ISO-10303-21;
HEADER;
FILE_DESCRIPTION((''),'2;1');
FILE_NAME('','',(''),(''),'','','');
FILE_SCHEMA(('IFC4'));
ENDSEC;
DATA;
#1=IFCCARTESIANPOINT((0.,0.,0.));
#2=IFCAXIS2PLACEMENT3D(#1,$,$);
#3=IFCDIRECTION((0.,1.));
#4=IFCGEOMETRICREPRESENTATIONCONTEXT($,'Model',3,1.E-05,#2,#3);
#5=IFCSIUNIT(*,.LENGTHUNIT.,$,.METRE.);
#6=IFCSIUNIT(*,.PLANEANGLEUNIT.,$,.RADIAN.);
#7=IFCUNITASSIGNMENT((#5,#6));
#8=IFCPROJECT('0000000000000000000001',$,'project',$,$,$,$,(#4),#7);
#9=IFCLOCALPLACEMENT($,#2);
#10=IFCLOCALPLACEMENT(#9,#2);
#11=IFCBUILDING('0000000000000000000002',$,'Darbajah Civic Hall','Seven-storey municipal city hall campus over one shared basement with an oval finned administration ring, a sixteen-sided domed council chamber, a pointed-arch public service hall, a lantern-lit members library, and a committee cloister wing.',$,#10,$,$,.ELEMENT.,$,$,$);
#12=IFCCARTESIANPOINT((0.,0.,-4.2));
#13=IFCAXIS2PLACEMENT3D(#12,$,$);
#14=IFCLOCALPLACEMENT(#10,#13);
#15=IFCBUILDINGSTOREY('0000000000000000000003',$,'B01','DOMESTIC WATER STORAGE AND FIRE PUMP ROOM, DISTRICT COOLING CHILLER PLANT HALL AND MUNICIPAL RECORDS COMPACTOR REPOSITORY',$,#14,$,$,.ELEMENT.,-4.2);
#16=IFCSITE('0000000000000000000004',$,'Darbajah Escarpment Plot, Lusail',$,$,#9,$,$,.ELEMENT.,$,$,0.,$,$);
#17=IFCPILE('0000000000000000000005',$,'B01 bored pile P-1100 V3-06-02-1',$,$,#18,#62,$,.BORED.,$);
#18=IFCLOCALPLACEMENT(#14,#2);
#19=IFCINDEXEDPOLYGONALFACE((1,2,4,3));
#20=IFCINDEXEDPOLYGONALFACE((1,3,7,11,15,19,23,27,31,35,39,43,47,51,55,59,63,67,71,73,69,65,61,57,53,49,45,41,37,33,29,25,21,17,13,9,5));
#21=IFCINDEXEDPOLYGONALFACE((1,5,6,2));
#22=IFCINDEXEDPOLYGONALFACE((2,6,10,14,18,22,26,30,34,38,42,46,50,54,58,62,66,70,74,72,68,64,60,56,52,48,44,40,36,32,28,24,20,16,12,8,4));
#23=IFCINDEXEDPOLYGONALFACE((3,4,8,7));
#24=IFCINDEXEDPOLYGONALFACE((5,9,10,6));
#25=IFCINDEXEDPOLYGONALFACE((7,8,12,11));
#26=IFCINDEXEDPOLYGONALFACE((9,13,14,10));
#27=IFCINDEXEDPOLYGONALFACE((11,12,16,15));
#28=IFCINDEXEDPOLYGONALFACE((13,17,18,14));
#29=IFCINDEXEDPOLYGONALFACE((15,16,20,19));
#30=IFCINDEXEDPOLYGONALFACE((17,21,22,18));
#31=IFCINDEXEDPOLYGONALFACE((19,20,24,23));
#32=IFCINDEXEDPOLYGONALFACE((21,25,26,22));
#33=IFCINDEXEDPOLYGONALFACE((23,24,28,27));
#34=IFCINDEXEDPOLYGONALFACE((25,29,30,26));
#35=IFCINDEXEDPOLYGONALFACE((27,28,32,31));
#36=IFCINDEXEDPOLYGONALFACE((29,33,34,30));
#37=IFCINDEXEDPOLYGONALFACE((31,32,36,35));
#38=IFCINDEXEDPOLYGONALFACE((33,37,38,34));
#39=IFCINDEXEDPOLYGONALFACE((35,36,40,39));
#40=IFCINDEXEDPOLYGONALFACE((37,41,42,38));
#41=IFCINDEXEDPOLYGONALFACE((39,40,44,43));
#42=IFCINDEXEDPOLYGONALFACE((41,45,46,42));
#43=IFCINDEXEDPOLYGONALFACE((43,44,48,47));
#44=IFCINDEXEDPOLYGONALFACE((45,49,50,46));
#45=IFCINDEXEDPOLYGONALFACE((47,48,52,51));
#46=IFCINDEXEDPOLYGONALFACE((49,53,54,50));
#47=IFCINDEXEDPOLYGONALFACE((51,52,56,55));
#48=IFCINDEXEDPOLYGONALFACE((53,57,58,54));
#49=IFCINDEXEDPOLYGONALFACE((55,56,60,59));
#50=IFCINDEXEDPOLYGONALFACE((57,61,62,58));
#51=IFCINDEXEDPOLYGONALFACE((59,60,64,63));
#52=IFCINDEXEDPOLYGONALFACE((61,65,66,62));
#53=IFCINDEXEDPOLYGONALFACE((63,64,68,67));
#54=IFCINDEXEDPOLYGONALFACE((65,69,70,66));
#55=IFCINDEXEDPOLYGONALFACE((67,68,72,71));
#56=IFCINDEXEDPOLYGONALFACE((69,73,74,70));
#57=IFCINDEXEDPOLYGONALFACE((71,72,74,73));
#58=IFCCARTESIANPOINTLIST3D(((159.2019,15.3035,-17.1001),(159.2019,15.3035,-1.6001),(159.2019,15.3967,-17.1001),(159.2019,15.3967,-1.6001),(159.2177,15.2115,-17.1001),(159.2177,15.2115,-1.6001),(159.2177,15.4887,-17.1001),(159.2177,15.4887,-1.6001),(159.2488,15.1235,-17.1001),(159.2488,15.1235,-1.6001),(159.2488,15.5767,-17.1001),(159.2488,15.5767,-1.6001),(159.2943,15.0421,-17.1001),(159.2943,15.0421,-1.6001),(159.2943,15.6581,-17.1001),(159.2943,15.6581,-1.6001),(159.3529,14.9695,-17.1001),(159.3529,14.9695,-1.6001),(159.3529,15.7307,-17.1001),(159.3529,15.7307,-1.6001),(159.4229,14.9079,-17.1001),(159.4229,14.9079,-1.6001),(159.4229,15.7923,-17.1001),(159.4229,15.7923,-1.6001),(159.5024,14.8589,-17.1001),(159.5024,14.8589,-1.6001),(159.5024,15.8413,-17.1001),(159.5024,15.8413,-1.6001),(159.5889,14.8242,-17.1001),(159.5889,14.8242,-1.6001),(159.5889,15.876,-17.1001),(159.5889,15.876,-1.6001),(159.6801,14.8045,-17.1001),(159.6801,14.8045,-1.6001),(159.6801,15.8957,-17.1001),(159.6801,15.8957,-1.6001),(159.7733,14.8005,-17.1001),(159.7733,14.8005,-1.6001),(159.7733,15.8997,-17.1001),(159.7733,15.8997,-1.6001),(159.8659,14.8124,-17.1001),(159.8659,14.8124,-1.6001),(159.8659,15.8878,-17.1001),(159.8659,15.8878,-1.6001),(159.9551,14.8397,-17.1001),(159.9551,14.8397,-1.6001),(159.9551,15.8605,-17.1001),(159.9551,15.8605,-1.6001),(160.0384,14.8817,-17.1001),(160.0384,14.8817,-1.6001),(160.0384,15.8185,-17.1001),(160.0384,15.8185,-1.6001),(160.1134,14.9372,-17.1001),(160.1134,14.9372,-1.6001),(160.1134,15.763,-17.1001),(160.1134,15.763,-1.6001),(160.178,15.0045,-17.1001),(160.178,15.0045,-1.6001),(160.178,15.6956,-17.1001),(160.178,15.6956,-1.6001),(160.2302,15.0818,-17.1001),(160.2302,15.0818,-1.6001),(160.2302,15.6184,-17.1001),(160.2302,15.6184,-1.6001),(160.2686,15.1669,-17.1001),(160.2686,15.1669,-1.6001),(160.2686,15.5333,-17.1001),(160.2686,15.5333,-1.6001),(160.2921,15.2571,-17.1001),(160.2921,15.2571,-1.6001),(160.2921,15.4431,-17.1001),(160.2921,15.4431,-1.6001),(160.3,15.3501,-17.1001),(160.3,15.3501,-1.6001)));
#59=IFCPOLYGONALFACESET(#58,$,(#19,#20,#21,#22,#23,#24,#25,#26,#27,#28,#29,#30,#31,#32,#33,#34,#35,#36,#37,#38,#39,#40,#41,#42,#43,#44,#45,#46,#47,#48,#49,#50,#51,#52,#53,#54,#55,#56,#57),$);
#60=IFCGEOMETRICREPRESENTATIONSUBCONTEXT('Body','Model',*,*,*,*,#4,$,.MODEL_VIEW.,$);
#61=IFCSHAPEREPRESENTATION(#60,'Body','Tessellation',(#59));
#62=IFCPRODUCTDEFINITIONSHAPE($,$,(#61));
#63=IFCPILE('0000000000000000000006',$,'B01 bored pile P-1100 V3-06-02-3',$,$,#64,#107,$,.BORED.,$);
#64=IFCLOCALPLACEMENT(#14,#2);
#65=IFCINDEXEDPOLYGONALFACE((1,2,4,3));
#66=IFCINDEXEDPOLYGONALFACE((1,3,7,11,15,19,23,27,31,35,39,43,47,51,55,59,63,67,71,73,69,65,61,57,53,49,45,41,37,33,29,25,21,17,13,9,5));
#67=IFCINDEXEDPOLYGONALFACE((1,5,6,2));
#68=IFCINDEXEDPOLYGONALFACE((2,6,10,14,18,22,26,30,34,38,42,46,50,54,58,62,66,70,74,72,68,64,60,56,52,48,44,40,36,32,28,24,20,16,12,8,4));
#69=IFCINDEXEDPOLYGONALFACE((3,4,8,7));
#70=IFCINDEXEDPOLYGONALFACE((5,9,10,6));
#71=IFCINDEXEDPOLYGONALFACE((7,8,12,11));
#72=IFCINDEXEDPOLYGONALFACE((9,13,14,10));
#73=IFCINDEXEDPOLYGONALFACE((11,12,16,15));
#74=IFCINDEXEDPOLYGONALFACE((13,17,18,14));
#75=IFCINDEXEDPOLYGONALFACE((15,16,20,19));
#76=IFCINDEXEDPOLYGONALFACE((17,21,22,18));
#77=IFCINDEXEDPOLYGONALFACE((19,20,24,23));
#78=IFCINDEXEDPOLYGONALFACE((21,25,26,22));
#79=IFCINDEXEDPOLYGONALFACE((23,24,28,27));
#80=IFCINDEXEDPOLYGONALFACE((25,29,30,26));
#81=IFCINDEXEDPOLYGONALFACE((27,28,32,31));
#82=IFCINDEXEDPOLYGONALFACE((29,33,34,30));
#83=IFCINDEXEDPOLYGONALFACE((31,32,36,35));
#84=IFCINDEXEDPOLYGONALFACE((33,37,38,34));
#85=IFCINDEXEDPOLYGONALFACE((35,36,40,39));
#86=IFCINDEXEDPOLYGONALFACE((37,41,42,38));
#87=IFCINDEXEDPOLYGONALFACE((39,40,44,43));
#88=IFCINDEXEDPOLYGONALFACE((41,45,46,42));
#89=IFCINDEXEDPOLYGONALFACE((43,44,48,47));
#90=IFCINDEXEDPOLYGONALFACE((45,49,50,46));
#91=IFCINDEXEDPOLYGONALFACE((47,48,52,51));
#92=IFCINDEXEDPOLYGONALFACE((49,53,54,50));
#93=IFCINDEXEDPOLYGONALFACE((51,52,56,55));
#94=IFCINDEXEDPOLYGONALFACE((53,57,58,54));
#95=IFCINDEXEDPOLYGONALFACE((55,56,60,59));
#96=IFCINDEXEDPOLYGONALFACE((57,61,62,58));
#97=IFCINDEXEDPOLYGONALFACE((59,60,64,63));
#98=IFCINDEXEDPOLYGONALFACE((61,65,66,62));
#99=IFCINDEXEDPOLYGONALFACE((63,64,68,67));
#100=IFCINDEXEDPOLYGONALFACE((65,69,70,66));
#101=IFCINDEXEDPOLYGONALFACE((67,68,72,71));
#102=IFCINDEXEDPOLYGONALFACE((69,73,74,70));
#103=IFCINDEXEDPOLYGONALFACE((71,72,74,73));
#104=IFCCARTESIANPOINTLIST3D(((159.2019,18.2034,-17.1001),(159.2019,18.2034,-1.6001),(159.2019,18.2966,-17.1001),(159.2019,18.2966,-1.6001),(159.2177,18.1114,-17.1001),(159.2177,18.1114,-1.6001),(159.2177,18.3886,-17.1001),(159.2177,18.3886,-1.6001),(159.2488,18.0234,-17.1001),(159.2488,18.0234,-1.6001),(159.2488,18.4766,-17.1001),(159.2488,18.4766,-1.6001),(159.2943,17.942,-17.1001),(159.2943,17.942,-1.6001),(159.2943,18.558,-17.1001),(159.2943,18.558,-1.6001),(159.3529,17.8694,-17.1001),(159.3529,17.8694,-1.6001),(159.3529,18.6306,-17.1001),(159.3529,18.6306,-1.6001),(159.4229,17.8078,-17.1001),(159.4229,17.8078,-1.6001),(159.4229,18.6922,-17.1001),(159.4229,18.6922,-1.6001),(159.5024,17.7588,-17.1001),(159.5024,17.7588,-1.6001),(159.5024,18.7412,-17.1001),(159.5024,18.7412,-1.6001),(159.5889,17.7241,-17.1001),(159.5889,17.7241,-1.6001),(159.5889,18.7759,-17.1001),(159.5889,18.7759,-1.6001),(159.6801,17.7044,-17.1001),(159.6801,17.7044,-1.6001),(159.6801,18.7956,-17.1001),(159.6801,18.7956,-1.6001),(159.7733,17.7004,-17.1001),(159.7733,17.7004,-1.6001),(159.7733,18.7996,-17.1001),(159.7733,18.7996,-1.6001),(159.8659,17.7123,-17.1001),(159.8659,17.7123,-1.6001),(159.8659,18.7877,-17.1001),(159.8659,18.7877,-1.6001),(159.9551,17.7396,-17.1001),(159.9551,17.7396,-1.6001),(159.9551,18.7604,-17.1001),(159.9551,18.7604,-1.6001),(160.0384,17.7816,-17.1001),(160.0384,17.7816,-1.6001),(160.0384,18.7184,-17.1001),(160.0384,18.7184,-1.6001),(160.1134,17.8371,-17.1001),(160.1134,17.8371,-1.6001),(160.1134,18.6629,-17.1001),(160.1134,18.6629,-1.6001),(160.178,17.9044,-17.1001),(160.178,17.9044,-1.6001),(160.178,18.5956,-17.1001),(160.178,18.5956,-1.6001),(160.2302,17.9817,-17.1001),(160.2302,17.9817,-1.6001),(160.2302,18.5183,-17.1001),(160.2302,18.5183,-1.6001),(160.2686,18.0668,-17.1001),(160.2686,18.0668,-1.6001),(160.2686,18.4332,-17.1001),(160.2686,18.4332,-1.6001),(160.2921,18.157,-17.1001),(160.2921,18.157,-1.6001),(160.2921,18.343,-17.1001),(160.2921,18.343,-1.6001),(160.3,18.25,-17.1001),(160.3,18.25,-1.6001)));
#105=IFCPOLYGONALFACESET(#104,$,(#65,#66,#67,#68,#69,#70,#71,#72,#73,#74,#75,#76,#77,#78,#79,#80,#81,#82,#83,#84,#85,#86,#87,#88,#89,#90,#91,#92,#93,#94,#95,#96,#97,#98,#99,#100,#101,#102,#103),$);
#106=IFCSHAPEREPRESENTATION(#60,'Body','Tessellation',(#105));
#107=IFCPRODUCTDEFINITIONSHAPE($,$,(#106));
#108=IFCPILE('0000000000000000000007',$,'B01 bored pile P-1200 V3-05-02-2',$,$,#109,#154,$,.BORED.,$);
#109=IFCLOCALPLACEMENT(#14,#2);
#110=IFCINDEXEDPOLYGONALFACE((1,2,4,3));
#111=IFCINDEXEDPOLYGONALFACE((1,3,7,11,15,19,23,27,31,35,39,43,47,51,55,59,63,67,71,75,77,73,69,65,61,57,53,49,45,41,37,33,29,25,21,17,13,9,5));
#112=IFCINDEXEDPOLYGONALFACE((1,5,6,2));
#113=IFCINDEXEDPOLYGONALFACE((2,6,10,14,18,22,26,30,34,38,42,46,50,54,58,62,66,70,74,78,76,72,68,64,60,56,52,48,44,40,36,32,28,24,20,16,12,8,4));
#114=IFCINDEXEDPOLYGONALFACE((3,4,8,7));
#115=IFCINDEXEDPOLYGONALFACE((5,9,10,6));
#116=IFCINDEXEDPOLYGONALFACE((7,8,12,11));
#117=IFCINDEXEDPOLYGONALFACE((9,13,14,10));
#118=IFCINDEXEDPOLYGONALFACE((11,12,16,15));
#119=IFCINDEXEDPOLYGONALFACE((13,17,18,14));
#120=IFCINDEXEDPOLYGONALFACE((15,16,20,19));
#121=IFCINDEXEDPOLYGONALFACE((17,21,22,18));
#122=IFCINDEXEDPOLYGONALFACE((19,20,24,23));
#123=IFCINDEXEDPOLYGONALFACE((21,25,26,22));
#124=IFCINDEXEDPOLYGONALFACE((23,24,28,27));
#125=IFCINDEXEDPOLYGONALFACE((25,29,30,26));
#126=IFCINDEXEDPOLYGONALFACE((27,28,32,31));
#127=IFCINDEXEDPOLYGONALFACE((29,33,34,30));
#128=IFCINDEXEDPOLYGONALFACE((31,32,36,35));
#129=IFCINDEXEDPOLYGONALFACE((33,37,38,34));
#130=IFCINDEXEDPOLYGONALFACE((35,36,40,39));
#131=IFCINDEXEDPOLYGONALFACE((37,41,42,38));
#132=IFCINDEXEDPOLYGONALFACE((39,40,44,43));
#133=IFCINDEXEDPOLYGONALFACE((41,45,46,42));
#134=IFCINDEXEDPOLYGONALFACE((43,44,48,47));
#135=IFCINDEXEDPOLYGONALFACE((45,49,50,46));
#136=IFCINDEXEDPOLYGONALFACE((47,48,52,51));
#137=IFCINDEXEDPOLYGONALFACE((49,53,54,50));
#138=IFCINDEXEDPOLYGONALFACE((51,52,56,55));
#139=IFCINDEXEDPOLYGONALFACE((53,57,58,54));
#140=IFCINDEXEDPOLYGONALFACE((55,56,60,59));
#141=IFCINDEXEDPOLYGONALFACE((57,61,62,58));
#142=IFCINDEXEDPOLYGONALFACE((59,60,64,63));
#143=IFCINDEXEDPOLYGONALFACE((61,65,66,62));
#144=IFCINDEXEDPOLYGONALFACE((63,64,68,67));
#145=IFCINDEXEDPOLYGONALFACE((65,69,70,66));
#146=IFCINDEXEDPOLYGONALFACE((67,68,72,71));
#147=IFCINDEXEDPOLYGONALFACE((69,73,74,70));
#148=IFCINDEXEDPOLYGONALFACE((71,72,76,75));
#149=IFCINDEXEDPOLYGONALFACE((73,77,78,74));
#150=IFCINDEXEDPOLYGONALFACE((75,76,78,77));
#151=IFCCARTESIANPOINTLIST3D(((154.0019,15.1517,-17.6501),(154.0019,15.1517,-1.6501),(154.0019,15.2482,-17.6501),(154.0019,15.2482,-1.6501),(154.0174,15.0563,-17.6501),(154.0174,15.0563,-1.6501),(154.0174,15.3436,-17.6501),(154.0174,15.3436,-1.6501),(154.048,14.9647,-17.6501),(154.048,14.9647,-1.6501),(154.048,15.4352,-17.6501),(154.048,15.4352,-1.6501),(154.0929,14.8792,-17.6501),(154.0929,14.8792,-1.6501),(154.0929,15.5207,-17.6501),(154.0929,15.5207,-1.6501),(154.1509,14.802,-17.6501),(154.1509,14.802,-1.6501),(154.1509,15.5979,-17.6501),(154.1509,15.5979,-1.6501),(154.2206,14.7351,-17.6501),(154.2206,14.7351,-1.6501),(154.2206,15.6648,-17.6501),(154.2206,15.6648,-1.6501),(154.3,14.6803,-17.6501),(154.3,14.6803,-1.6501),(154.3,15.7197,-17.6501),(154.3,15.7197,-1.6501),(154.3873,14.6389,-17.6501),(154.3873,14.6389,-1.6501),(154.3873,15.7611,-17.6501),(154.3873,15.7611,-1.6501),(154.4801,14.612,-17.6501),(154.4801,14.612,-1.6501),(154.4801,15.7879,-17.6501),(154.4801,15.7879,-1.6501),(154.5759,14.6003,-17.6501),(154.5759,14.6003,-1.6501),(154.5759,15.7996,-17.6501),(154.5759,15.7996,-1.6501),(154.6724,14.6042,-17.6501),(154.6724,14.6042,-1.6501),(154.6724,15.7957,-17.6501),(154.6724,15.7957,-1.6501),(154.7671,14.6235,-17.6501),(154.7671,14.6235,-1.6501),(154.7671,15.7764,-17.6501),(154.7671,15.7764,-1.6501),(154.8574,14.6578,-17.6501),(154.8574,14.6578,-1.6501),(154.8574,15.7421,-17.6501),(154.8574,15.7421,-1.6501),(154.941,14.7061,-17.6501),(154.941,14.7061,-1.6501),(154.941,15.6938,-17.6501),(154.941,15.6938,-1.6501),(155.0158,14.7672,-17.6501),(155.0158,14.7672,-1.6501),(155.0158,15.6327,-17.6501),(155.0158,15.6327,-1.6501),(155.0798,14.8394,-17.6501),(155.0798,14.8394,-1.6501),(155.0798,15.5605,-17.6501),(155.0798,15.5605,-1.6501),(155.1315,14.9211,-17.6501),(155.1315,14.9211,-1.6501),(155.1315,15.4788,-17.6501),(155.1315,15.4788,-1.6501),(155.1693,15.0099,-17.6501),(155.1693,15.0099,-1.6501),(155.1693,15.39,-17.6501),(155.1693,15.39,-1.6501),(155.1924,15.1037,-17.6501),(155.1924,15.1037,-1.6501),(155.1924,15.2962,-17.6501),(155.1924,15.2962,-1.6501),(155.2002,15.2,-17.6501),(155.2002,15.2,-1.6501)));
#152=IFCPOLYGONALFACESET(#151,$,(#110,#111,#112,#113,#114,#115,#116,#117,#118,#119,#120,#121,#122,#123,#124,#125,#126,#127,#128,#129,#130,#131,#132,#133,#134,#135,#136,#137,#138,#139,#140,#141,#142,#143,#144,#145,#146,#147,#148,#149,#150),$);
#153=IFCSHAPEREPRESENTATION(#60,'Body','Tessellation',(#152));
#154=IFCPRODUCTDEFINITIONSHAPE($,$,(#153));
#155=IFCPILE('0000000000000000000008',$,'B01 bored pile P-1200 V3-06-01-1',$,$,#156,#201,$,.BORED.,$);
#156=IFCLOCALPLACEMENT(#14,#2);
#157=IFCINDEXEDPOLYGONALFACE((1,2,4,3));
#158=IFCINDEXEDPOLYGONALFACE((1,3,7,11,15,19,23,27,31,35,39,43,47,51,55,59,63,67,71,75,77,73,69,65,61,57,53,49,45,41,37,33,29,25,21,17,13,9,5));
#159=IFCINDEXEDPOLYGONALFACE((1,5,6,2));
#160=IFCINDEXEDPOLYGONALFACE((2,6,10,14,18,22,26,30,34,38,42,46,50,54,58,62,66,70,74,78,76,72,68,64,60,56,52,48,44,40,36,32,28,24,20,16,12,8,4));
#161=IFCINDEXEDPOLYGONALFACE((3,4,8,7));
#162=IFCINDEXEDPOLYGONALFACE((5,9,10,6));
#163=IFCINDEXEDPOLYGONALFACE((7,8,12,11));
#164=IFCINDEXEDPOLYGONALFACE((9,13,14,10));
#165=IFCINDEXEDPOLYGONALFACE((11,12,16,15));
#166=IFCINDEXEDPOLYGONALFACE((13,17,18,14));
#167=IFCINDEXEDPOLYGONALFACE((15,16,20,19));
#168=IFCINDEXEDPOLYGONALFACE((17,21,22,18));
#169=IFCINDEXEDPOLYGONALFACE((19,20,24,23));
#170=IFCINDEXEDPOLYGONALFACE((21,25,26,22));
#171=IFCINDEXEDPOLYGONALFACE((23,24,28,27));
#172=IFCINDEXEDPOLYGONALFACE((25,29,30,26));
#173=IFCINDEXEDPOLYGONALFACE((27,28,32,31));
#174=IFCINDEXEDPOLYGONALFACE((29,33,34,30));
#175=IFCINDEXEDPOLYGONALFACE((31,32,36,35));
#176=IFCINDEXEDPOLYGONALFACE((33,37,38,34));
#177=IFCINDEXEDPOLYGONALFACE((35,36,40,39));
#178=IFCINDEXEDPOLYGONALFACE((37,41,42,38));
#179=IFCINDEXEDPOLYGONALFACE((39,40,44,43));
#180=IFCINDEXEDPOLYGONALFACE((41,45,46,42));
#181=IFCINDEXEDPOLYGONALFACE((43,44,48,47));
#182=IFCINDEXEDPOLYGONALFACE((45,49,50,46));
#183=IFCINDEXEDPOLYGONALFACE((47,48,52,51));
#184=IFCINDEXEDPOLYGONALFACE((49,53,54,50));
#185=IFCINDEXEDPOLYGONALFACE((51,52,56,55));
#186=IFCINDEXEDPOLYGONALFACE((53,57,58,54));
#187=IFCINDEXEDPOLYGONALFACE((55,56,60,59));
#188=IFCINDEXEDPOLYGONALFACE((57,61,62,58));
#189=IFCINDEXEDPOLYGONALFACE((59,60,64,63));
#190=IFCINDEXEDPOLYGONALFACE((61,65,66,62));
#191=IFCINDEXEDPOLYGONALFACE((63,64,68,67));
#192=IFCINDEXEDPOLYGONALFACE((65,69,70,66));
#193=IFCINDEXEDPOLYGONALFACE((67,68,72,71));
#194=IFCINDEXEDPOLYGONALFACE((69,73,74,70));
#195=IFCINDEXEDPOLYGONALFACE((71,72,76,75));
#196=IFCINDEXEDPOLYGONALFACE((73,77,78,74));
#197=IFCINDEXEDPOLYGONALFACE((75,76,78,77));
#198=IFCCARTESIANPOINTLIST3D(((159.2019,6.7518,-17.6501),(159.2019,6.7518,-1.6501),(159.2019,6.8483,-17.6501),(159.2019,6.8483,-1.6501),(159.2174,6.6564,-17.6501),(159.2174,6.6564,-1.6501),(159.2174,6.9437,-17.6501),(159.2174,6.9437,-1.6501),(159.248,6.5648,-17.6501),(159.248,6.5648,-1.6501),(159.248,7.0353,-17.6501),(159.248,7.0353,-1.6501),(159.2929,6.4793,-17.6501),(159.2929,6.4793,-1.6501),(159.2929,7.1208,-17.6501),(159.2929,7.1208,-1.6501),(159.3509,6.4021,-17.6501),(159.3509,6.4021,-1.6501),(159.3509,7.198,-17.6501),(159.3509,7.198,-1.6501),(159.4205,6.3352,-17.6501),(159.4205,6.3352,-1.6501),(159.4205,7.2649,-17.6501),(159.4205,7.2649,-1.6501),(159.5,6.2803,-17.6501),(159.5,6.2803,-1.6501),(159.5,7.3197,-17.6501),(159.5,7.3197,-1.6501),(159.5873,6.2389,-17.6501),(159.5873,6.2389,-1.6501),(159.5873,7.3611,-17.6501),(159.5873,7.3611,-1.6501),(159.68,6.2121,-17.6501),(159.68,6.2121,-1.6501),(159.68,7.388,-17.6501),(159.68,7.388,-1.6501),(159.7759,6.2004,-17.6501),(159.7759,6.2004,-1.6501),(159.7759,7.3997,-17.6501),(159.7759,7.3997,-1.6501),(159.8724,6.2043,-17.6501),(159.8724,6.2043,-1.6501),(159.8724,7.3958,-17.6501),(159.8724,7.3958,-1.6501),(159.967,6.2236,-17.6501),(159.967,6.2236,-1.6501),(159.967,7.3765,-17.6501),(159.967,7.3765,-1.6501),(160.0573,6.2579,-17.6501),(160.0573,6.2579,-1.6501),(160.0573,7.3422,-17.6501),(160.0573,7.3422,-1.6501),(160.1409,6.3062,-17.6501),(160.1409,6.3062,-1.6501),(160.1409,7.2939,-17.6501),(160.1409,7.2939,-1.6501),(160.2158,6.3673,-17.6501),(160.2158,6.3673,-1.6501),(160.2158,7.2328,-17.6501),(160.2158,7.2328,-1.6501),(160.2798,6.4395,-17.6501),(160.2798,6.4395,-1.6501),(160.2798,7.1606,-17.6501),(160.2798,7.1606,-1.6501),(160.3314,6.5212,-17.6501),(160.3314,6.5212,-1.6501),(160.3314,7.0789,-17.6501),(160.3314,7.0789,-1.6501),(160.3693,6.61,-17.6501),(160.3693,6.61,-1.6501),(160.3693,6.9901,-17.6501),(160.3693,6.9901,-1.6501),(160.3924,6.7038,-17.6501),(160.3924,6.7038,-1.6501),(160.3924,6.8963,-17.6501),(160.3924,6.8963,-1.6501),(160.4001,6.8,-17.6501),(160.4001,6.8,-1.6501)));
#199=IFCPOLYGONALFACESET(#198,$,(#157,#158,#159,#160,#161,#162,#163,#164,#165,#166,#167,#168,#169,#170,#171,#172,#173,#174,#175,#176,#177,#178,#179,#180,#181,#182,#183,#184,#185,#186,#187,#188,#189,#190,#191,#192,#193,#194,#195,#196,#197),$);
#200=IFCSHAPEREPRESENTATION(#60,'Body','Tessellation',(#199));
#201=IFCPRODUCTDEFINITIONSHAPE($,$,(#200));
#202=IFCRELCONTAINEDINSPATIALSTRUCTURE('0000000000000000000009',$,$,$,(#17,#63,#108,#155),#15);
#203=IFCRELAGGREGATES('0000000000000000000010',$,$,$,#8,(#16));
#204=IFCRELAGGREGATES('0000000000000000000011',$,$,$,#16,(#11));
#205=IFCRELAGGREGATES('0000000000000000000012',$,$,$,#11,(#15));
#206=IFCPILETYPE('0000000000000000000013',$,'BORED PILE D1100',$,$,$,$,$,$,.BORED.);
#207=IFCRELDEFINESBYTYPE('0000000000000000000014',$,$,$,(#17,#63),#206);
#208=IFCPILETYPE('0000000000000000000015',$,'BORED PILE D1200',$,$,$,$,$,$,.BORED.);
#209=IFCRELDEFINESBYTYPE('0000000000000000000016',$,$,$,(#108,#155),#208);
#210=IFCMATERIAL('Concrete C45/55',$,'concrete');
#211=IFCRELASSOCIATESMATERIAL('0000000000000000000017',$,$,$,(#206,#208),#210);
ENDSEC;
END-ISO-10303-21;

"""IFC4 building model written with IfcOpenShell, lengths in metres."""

from ifc_helpers import new_model, si_unit, direction, frame, origin, origin_2d, place, context, subcontext, project, spatial, circle, extrude, material, material_profile, profile_set, type_object, element, save


model = new_model("IFC4")

# Units and contexts
model_context = context("Model", 3, precision=1e-05, world=origin(), true_north=direction((0.0, 1.0)))
body_context = subcontext(model_context, "Body", "Model", "MODEL_VIEW")
ifc_project = project(units=[si_unit("LENGTHUNIT", "METRE"), si_unit("PLANEANGLEUNIT", "RADIAN")], contexts=[model_context])

# Site, building, storey
site_placement = place(None, origin())
site = spatial("IfcSite", under=ifc_project, at=site_placement, Name="Darbajah Escarpment Plot, Lusail", CompositionType="ELEMENT", RefElevation=0.0)
building_placement = place(site_placement, origin())
building = spatial("IfcBuilding", under=site, at=building_placement, Name="Darbajah Civic Hall", Description="Seven-storey municipal city hall campus over one shared basement with an oval finned administration ring, a sixteen-sided domed council chamber, a pointed-arch public service hall, a lantern-lit members library, and a committee cloister wing.", CompositionType="ELEMENT")
storey_placement = place(building_placement, frame((0.0, 0.0, -4.2)))
storey = spatial("IfcBuildingStorey", under=building, at=storey_placement, Name="B01", Description="DOMESTIC WATER STORAGE AND FIRE PUMP ROOM, DISTRICT COOLING CHILLER PLANT HALL AND MUNICIPAL RECORDS COMPACTOR REPOSITORY", CompositionType="ELEMENT", Elevation=-4.2)

# Piles
ifc_material_1 = material(Name="Concrete C45/55", Category="concrete")
ifc_material_profile_1 = material_profile(ifc_material_1, circle(Radius=0.55, at=origin_2d()), Name="BORED PILE D1100")
ifc_profile_set_1 = profile_set([ifc_material_profile_1], Name="Concrete C45/55")
pile_type_1 = type_object("IfcPileType", Name="BORED PILE D1100", PredefinedType="BORED", material=ifc_profile_set_1)
for number, where, z_axis, x_axis, name in (
    (1, (159.75, 15.3501, -1.6001), (0.0, 0.0, -1.0), (1.0, 0.0, 0.0), "B01 bored pile P-1100 V3-06-02-1"),
    (2, (159.75, 18.25, -1.6001), (0.0, 0.0, -1.0), (1.0, 0.0, 0.0), "B01 bored pile P-1100 V3-06-02-3"),
):
    element("IfcPile", number, at=place(storey_placement, frame(where, z_axis=z_axis, x_axis=x_axis)), inside=storey, type_object=pile_type_1, Name=name, PredefinedType="BORED", context=body_context, shape_type="SweptSolid", body=[
        extrude(circle(Radius=0.55, at=origin_2d()), origin(), (0.0, 0.0, 1.0), 15.5),
    ])
ifc_material_profile_2 = material_profile(ifc_material_1, circle(Radius=0.6001, at=origin_2d()), Name="BORED PILE D1200")
ifc_profile_set_2 = profile_set([ifc_material_profile_2], Name="Concrete C45/55")
pile_type_2 = type_object("IfcPileType", Name="BORED PILE D1200", PredefinedType="BORED", material=ifc_profile_set_2)
for number, where, z_axis, x_axis, name in (
    (3, (154.6001, 15.2, -1.6501), (0.0, 0.0, -1.0), (1.0, 0.0, 0.0), "B01 bored pile P-1200 V3-05-02-2"),
    (4, (159.8, 6.8, -1.6501), (0.0, 0.0, -1.0), (1.0, 0.0, 0.0), "B01 bored pile P-1200 V3-06-01-1"),
):
    element("IfcPile", number, at=place(storey_placement, frame(where, z_axis=z_axis, x_axis=x_axis)), inside=storey, type_object=pile_type_2, Name=name, PredefinedType="BORED", context=body_context, shape_type="SweptSolid", body=[
        extrude(circle(Radius=0.6001, at=origin_2d()), origin(), (0.0, 0.0, 1.0), 16.0),
    ])

save(model, "model.ifc")
